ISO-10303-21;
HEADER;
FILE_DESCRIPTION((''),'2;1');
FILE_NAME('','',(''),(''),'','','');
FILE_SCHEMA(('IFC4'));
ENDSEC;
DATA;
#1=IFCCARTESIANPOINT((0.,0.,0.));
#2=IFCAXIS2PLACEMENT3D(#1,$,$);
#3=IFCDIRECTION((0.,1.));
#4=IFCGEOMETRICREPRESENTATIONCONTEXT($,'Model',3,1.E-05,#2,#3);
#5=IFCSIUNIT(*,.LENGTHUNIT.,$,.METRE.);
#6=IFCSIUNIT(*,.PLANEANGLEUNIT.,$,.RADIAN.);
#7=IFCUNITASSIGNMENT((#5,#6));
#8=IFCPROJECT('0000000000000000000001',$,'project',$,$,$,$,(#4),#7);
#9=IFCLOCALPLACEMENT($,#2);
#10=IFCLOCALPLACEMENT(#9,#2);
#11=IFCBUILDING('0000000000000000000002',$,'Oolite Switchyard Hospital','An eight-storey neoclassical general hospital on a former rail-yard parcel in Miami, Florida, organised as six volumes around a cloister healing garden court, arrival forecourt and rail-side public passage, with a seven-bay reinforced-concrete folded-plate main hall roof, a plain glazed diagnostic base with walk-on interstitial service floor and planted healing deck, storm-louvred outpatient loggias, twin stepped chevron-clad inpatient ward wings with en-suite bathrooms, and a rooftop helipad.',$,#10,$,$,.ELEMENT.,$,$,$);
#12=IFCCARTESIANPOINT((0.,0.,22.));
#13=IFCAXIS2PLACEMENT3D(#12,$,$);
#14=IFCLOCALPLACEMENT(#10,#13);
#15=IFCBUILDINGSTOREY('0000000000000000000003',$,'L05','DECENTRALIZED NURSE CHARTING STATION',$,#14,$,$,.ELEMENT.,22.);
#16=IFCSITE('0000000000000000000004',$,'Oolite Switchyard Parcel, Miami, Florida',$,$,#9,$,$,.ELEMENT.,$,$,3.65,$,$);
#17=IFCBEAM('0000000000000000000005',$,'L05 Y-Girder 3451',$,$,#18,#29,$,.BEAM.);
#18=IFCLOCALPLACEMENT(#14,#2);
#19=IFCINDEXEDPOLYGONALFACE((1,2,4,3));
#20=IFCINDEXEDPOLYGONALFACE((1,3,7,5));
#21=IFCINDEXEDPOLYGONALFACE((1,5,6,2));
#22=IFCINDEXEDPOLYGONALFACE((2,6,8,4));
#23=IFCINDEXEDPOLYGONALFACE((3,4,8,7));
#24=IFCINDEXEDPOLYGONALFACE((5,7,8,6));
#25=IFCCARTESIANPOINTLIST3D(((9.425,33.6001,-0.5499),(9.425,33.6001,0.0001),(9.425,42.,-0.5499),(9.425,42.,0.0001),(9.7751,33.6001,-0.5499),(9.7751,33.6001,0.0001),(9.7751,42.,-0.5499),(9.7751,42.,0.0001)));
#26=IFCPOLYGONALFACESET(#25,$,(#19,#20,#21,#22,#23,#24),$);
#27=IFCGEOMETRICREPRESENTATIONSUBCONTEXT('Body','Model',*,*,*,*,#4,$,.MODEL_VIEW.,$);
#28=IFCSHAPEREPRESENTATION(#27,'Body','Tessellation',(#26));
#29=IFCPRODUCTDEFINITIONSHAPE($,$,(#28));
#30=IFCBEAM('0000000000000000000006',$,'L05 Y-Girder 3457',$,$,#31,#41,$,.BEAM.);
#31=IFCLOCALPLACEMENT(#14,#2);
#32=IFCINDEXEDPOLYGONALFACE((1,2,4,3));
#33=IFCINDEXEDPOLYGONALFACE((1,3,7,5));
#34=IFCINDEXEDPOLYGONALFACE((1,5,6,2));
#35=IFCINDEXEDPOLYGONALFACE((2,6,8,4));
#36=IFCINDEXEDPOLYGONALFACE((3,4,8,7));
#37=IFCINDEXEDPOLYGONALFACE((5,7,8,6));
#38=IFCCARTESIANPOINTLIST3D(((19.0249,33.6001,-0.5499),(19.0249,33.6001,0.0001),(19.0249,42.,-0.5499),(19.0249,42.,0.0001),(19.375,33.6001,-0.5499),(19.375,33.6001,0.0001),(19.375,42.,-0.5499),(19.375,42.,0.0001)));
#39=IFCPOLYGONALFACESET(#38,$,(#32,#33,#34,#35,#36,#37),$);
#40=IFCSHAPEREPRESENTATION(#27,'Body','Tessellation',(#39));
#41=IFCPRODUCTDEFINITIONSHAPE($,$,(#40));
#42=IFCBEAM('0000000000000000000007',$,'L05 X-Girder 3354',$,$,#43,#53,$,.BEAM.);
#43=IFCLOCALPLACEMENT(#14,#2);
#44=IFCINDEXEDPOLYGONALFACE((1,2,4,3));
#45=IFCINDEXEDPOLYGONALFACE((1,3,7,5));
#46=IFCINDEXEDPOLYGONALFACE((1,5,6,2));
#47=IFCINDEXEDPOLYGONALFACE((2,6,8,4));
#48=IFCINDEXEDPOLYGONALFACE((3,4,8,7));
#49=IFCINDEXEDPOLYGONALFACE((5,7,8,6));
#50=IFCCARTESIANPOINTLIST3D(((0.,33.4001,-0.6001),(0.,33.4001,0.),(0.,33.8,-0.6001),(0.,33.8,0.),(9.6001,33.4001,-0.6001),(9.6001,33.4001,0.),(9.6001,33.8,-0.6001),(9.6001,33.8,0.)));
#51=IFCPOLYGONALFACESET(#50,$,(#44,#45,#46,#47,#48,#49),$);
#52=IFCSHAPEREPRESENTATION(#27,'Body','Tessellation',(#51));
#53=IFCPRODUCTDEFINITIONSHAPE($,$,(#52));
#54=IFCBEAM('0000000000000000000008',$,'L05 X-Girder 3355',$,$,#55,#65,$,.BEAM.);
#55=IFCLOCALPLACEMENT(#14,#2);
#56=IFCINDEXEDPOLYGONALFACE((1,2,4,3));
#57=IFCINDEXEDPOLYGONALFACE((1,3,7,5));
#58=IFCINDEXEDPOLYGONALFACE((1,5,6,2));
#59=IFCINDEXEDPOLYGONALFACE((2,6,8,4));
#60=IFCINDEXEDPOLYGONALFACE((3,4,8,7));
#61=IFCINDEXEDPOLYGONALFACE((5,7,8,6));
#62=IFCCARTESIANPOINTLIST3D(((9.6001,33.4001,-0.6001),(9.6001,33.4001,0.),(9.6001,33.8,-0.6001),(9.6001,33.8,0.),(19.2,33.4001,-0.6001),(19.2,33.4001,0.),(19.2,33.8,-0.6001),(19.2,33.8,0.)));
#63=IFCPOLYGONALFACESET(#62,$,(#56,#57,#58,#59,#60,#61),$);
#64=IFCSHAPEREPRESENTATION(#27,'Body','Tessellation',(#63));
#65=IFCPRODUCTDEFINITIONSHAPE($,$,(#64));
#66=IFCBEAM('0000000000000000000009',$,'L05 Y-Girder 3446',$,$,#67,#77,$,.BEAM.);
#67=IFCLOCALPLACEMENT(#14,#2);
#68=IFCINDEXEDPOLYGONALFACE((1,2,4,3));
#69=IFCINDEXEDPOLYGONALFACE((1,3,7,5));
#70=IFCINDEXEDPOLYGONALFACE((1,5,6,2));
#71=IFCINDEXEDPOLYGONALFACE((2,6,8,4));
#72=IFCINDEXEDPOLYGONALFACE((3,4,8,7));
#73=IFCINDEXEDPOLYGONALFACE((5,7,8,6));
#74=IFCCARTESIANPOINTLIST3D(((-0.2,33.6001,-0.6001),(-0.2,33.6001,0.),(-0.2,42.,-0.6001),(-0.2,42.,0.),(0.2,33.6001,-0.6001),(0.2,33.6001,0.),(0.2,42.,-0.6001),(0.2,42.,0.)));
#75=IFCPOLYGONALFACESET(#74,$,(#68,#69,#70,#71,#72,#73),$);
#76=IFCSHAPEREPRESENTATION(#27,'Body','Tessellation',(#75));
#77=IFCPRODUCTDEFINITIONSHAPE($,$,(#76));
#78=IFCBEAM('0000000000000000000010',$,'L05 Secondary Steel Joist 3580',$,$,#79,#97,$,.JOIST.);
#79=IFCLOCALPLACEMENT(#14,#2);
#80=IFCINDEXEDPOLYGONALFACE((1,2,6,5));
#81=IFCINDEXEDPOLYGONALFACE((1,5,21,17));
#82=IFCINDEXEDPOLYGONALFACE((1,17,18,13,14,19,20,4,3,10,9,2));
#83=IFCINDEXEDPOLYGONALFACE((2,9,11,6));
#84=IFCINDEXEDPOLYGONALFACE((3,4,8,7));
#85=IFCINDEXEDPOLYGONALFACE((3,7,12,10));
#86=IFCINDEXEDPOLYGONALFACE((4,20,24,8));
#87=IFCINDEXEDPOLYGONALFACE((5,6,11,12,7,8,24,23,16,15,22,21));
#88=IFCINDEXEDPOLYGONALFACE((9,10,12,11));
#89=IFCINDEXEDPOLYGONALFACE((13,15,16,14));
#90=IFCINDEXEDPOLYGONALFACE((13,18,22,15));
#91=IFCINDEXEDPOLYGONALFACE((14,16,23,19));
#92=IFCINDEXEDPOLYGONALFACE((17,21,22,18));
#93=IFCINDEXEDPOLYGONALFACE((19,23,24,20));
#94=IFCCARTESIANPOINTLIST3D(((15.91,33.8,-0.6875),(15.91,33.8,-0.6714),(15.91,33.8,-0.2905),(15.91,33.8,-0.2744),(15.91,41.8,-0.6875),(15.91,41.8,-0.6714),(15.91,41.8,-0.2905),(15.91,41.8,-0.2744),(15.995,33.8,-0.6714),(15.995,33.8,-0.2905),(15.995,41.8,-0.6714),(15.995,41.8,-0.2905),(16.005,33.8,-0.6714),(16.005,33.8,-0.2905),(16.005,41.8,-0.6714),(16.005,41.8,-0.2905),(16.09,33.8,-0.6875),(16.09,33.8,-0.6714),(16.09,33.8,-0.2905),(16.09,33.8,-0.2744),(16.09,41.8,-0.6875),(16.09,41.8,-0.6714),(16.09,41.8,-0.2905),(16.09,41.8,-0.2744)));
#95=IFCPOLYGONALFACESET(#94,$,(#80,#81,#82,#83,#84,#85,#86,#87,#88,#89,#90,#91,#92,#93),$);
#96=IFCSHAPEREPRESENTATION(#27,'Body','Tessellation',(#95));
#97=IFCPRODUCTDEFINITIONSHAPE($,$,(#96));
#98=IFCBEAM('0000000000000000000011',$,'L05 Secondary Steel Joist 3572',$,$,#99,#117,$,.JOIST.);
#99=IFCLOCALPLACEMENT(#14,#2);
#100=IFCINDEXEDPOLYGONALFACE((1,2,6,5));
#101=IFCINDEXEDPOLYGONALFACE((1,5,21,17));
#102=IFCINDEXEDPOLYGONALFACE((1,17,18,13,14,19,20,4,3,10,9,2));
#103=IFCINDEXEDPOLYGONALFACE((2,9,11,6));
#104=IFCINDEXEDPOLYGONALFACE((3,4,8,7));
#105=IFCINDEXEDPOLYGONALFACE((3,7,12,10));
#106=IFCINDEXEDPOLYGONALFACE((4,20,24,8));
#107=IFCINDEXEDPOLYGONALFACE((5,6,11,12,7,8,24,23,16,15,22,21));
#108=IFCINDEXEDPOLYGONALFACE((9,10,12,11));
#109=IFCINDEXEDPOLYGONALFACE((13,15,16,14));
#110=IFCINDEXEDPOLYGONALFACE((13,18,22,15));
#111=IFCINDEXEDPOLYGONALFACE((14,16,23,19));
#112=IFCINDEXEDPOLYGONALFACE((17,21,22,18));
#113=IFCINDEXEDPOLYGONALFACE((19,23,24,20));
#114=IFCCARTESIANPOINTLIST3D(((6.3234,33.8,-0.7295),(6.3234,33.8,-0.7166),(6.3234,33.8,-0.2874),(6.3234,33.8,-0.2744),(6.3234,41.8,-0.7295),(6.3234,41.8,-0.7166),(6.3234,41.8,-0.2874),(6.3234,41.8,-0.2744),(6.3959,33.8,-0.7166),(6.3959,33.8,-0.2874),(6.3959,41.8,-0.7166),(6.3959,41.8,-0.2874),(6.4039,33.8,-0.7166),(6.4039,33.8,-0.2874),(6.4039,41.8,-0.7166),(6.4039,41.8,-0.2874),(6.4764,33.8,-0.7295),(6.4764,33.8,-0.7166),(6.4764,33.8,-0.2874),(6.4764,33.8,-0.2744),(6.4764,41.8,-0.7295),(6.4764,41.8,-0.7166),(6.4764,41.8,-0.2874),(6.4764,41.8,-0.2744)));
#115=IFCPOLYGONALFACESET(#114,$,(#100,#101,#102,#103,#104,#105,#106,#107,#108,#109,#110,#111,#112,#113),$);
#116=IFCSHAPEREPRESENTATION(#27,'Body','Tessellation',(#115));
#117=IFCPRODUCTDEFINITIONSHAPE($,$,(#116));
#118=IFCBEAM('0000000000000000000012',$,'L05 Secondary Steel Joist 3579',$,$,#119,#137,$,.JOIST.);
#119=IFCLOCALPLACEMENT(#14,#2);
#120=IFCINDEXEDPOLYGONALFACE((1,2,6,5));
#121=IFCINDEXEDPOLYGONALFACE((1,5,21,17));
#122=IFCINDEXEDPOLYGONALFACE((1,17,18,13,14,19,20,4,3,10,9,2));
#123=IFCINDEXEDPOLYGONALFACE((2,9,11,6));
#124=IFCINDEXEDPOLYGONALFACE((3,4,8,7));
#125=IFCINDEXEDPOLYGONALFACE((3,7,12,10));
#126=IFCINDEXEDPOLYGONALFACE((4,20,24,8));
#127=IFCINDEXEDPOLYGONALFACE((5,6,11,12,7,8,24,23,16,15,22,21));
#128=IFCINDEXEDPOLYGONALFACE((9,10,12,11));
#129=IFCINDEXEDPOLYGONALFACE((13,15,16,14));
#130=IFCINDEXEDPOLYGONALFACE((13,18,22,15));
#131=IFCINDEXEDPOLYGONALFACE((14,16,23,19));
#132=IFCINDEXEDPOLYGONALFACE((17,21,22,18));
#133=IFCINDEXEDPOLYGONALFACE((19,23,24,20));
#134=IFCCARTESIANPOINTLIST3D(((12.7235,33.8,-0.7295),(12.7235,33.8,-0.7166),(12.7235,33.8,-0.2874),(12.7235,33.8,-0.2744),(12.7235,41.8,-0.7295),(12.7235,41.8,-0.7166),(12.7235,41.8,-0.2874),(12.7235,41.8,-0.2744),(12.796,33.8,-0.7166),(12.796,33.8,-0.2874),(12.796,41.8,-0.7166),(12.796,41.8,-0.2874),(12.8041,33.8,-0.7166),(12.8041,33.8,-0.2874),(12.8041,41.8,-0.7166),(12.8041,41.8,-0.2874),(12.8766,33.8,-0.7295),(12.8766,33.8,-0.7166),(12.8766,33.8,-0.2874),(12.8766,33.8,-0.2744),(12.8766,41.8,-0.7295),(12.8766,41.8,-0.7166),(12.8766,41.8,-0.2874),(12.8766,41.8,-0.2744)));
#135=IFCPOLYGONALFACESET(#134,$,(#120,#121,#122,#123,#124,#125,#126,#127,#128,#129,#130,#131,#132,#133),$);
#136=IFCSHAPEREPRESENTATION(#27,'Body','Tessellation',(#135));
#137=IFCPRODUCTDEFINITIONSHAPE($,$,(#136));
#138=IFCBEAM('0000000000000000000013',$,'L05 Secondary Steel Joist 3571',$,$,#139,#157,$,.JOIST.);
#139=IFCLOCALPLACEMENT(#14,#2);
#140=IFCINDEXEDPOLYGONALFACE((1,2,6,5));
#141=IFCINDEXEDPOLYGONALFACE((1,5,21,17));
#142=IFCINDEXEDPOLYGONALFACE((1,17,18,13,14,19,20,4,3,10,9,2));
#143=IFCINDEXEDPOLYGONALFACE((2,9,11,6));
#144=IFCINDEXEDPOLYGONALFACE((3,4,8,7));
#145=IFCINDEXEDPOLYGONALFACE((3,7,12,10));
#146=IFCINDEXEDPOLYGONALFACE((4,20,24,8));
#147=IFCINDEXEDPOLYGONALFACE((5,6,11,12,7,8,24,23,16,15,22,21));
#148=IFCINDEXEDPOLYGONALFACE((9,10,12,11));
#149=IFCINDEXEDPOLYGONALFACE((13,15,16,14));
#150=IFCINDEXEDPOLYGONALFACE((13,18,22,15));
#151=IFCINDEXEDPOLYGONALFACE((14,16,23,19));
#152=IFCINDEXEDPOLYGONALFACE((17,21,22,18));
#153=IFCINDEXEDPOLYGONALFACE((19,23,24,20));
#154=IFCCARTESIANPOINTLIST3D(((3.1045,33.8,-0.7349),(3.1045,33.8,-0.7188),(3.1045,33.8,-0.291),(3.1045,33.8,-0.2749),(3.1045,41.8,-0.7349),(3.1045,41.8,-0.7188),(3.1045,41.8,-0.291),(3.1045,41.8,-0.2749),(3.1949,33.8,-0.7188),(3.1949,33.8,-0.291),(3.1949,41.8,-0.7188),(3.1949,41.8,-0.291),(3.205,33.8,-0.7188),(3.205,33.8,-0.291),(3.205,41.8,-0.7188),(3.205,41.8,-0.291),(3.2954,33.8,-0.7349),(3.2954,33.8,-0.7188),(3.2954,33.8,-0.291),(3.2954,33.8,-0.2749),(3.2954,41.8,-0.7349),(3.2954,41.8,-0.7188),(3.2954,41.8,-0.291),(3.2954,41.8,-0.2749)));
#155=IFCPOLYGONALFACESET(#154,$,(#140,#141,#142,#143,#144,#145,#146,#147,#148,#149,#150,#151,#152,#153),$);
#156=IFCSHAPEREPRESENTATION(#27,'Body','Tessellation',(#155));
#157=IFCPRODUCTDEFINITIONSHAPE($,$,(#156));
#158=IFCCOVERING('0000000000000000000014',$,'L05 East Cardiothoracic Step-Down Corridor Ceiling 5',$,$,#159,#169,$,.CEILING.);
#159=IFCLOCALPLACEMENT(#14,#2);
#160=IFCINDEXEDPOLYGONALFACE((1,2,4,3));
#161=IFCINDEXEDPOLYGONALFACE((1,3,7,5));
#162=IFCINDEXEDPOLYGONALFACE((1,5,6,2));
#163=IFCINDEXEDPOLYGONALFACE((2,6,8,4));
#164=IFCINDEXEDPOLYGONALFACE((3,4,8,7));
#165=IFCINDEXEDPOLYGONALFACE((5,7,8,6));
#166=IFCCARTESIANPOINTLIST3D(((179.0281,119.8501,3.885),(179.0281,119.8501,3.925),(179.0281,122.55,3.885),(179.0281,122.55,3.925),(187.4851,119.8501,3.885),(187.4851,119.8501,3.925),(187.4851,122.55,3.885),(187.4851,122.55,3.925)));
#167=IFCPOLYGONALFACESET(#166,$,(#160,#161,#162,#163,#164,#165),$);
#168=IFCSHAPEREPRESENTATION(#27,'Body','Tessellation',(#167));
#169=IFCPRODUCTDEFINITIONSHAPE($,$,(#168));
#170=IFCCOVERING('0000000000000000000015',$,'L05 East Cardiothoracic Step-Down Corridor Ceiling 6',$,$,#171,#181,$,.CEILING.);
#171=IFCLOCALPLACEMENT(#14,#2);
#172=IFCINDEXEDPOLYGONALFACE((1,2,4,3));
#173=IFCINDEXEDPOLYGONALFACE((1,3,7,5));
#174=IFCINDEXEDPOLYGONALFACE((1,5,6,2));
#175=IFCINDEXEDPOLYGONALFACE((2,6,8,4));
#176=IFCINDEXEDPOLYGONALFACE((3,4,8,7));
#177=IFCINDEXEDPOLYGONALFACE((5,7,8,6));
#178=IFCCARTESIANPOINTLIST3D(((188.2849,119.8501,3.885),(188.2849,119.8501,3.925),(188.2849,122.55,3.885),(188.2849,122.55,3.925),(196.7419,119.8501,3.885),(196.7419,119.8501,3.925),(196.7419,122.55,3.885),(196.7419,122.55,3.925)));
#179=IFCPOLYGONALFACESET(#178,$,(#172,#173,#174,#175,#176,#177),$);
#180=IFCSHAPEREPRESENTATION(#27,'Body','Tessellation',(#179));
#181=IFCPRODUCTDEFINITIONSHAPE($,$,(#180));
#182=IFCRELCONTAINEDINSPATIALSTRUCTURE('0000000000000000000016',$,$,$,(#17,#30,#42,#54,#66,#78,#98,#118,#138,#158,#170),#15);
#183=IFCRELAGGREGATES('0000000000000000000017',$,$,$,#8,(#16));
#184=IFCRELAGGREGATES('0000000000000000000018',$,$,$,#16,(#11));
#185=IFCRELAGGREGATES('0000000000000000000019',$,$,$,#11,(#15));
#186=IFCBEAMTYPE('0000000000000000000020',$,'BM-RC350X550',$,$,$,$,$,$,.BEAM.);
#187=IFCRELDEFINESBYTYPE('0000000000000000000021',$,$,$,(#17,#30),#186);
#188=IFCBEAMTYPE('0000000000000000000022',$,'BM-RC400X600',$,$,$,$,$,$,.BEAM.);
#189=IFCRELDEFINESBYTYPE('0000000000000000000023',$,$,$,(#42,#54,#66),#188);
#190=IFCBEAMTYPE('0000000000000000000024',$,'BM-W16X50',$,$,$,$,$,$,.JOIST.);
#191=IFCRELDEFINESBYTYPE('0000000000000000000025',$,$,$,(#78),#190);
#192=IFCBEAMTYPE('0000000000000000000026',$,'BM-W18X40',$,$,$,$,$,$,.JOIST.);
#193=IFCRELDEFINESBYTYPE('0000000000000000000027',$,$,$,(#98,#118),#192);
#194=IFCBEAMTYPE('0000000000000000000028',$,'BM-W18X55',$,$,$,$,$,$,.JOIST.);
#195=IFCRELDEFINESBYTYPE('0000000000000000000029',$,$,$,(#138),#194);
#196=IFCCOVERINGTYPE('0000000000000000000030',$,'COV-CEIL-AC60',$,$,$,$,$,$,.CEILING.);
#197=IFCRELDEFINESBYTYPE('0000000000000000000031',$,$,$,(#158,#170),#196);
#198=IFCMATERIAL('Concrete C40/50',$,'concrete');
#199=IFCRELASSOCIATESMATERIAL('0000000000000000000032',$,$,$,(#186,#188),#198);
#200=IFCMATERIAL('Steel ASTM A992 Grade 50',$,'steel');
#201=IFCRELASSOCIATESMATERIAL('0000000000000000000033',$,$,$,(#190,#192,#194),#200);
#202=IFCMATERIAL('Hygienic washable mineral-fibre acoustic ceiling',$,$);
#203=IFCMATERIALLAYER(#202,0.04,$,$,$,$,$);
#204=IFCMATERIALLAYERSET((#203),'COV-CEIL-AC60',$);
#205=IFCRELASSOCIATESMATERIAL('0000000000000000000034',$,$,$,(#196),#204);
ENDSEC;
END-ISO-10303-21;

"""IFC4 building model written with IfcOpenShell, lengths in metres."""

from ifc_helpers import new_model, si_unit, direction, frame, origin, origin_2d, place, context, subcontext, project, spatial, polyline, rectangle, i_section, outline, extrude, material, layer, layer_set, material_profile, profile_set, type_object, element, save


model = new_model("IFC4")

# Units and contexts
model_context = context("Model", 3, precision=1e-05, world=origin(), true_north=direction((0.0, 1.0)))
body_context = subcontext(model_context, "Body", "Model", "MODEL_VIEW")
ifc_project = project(units=[si_unit("LENGTHUNIT", "METRE"), si_unit("PLANEANGLEUNIT", "RADIAN")], contexts=[model_context])

# Site, building, storey
site_placement = place(None, origin())
site = spatial("IfcSite", under=ifc_project, at=site_placement, Name="Oolite Switchyard Parcel, Miami, Florida", CompositionType="ELEMENT", RefElevation=3.65)
building_placement = place(site_placement, origin())
building = spatial("IfcBuilding", under=site, at=building_placement, Name="Oolite Switchyard Hospital", Description="An eight-storey neoclassical general hospital on a former rail-yard parcel in Miami, Florida, organised as six volumes around a cloister healing garden court, arrival forecourt and rail-side public passage, with a seven-bay reinforced-concrete folded-plate main hall roof, a plain glazed diagnostic base with walk-on interstitial service floor and planted healing deck, storm-louvred outpatient loggias, twin stepped chevron-clad inpatient ward wings with en-suite bathrooms, and a rooftop helipad.", CompositionType="ELEMENT")
storey_placement = place(building_placement, frame((0.0, 0.0, 22.0)))
storey = spatial("IfcBuildingStorey", under=building, at=storey_placement, Name="L05", Description="DECENTRALIZED NURSE CHARTING STATION", CompositionType="ELEMENT", Elevation=22.0)

# Beams
ifc_material_1 = material(Name="Concrete C40/50", Category="concrete")
ifc_material_profile_1 = material_profile(ifc_material_1, rectangle(XDim=0.3501, YDim=0.55, at=origin_2d()), Name="RCB350X550")
ifc_profile_set_1 = profile_set([ifc_material_profile_1], Name="Concrete C40/50")
beam_type_1 = type_object("IfcBeamType", Name="BM-RC350X550", PredefinedType="BEAM", material=ifc_profile_set_1)
for number, where, z_axis, x_axis, name in (
    (1, (9.6001, 33.6001, -0.2749), (0.0, 1.0, 0.0), (-1.0, 0.0, 0.0), "L05 Y-Girder 3451"),
    (2, (19.2, 33.6001, -0.2749), (0.0, 1.0, 0.0), (-1.0, 0.0, 0.0), "L05 Y-Girder 3457"),
):
    element("IfcBeam", number, at=place(storey_placement, frame(where, z_axis=z_axis, x_axis=x_axis)), inside=storey, type_object=beam_type_1, Name=name, PredefinedType="BEAM", context=body_context, shape_type="SweptSolid", body=[
        extrude(rectangle(XDim=0.3501, YDim=0.55, at=origin_2d()), origin(), (0.0, 0.0, 1.0), 8.3999),
    ])
ifc_material_profile_2 = material_profile(ifc_material_1, rectangle(XDim=0.3999, YDim=0.6001, at=origin_2d()), Name="RCB400X600")
ifc_profile_set_2 = profile_set([ifc_material_profile_2], Name="Concrete C40/50")
beam_type_2 = type_object("IfcBeamType", Name="BM-RC400X600", PredefinedType="BEAM", material=ifc_profile_set_2)
beam_1_placement = place(storey_placement, frame((0.0, 33.6001, -0.3), z_axis=(1.0, 0.0, 0.0), x_axis=(0.0, 1.0, 0.0)))
element("IfcBeam", 3, at=beam_1_placement, inside=storey, type_object=beam_type_2, Name="L05 X-Girder 3354", PredefinedType="BEAM", context=body_context, shape_type="SweptSolid", body=[
    extrude(rectangle(XDim=0.3999, YDim=0.6001, at=origin_2d()), origin(), (0.0, 0.0, 1.0), 9.6001),
])
beam_2_placement = place(storey_placement, frame((9.6001, 33.6001, -0.3), z_axis=(1.0, 0.0, 0.0), x_axis=(0.0, 1.0, 0.0)))
element("IfcBeam", 4, at=beam_2_placement, inside=storey, type_object=beam_type_2, Name="L05 X-Girder 3355", PredefinedType="BEAM", context=body_context, shape_type="SweptSolid", body=[
    extrude(rectangle(XDim=0.3999, YDim=0.6001, at=origin_2d()), origin(), (0.0, 0.0, 1.0), 9.5999),
])
beam_3_placement = place(storey_placement, frame((0.0, 33.6001, -0.3), z_axis=(0.0, 1.0, 0.0), x_axis=(-1.0, 0.0, 0.0)))
element("IfcBeam", 5, at=beam_3_placement, inside=storey, type_object=beam_type_2, Name="L05 Y-Girder 3446", PredefinedType="BEAM", context=body_context, shape_type="SweptSolid", body=[
    extrude(rectangle(XDim=0.3999, YDim=0.6001, at=origin_2d()), origin(), (0.0, 0.0, 1.0), 8.3999),
])
ifc_material_2 = material(Name="Steel ASTM A992 Grade 50", Category="steel")
ifc_material_profile_3 = material_profile(ifc_material_2, i_section(OverallWidth=0.1799, OverallDepth=0.4131, WebThickness=0.01, FlangeThickness=0.0161, at=origin_2d()), Name="W16X50")
ifc_profile_set_3 = profile_set([ifc_material_profile_3], Name="Steel ASTM A992 Grade 50")
beam_type_3 = type_object("IfcBeamType", Name="BM-W16X50", PredefinedType="JOIST", material=ifc_profile_set_3)
beam_4_placement = place(storey_placement, frame((16.0, 33.8, -0.481), z_axis=(0.0, 1.0, 0.0), x_axis=(-1.0, 0.0, 0.0)))
element("IfcBeam", 6, at=beam_4_placement, inside=storey, type_object=beam_type_3, Name="L05 Secondary Steel Joist 3580", PredefinedType="JOIST", context=body_context, shape_type="SweptSolid", body=[
    extrude(i_section(OverallWidth=0.1799, OverallDepth=0.4131, WebThickness=0.01, FlangeThickness=0.0161, at=origin_2d()), origin(), (0.0, 0.0, 1.0), 8.0),
])
ifc_material_profile_4 = material_profile(ifc_material_2, i_section(OverallWidth=0.1531, OverallDepth=0.4551, WebThickness=0.0081, FlangeThickness=0.0129, at=origin_2d()), Name="W18X40")
ifc_profile_set_4 = profile_set([ifc_material_profile_4], Name="Steel ASTM A992 Grade 50")
beam_type_4 = type_object("IfcBeamType", Name="BM-W18X40", PredefinedType="JOIST", material=ifc_profile_set_4)
for number, where, z_axis, x_axis, name in (
    (7, (6.3999, 33.8, -0.502), (0.0, 1.0, 0.0), (-1.0, 0.0, 0.0), "L05 Secondary Steel Joist 3572"),
    (8, (12.8, 33.8, -0.502), (0.0, 1.0, 0.0), (-1.0, 0.0, 0.0), "L05 Secondary Steel Joist 3579"),
):
    element("IfcBeam", number, at=place(storey_placement, frame(where, z_axis=z_axis, x_axis=x_axis)), inside=storey, type_object=beam_type_4, Name=name, PredefinedType="JOIST", context=body_context, shape_type="SweptSolid", body=[
        extrude(i_section(OverallWidth=0.1531, OverallDepth=0.4551, WebThickness=0.0081, FlangeThickness=0.0129, at=origin_2d()), origin(), (0.0, 0.0, 1.0), 8.0),
    ])
ifc_material_profile_5 = material_profile(ifc_material_2, i_section(OverallWidth=0.1909, OverallDepth=0.46, WebThickness=0.01, FlangeThickness=0.0161, at=origin_2d()), Name="W18X55")
ifc_profile_set_5 = profile_set([ifc_material_profile_5], Name="Steel ASTM A992 Grade 50")
beam_type_5 = type_object("IfcBeamType", Name="BM-W18X55", PredefinedType="JOIST", material=ifc_profile_set_5)
beam_5_placement = place(storey_placement, frame((3.2, 33.8, -0.5049), z_axis=(0.0, 1.0, 0.0), x_axis=(-1.0, 0.0, 0.0)))
element("IfcBeam", 9, at=beam_5_placement, inside=storey, type_object=beam_type_5, Name="L05 Secondary Steel Joist 3571", PredefinedType="JOIST", context=body_context, shape_type="SweptSolid", body=[
    extrude(i_section(OverallWidth=0.1909, OverallDepth=0.46, WebThickness=0.01, FlangeThickness=0.0161, at=origin_2d()), origin(), (0.0, 0.0, 1.0), 8.0),
])

# Coverings
ifc_material_3 = material(Name="Hygienic washable mineral-fibre acoustic ceiling")
ifc_layer_1 = layer(ifc_material_3, 0.04)
ifc_layer_set_1 = layer_set([ifc_layer_1], Name="COV-CEIL-AC60")
covering_type_1 = type_object("IfcCoveringType", Name="COV-CEIL-AC60", PredefinedType="CEILING", material=ifc_layer_set_1)
covering_1_placement = place(storey_placement, frame((0.0, 0.0, 3.885)))
element("IfcCovering", 10, at=covering_1_placement, inside=storey, type_object=covering_type_1, Name="L05 East Cardiothoracic Step-Down Corridor Ceiling 5", PredefinedType="CEILING", context=body_context, shape_type="SweptSolid", body=[
    extrude(outline(polyline([(179.0281, 119.8501), (187.4851, 119.8501), (187.4851, 122.55), (179.0281, 122.55), (179.0281, 119.8501)])), origin(), (0.0, 0.0, 1.0), 0.04),
])
covering_2_placement = place(storey_placement, frame((0.0, 0.0, 3.885)))
element("IfcCovering", 11, at=covering_2_placement, inside=storey, type_object=covering_type_1, Name="L05 East Cardiothoracic Step-Down Corridor Ceiling 6", PredefinedType="CEILING", context=body_context, shape_type="SweptSolid", body=[
    extrude(outline(polyline([(188.2849, 119.8501), (196.7419, 119.8501), (196.7419, 122.55), (188.2849, 122.55), (188.2849, 119.8501)])), origin(), (0.0, 0.0, 1.0), 0.04),
])

save(model, "model.ifc")
